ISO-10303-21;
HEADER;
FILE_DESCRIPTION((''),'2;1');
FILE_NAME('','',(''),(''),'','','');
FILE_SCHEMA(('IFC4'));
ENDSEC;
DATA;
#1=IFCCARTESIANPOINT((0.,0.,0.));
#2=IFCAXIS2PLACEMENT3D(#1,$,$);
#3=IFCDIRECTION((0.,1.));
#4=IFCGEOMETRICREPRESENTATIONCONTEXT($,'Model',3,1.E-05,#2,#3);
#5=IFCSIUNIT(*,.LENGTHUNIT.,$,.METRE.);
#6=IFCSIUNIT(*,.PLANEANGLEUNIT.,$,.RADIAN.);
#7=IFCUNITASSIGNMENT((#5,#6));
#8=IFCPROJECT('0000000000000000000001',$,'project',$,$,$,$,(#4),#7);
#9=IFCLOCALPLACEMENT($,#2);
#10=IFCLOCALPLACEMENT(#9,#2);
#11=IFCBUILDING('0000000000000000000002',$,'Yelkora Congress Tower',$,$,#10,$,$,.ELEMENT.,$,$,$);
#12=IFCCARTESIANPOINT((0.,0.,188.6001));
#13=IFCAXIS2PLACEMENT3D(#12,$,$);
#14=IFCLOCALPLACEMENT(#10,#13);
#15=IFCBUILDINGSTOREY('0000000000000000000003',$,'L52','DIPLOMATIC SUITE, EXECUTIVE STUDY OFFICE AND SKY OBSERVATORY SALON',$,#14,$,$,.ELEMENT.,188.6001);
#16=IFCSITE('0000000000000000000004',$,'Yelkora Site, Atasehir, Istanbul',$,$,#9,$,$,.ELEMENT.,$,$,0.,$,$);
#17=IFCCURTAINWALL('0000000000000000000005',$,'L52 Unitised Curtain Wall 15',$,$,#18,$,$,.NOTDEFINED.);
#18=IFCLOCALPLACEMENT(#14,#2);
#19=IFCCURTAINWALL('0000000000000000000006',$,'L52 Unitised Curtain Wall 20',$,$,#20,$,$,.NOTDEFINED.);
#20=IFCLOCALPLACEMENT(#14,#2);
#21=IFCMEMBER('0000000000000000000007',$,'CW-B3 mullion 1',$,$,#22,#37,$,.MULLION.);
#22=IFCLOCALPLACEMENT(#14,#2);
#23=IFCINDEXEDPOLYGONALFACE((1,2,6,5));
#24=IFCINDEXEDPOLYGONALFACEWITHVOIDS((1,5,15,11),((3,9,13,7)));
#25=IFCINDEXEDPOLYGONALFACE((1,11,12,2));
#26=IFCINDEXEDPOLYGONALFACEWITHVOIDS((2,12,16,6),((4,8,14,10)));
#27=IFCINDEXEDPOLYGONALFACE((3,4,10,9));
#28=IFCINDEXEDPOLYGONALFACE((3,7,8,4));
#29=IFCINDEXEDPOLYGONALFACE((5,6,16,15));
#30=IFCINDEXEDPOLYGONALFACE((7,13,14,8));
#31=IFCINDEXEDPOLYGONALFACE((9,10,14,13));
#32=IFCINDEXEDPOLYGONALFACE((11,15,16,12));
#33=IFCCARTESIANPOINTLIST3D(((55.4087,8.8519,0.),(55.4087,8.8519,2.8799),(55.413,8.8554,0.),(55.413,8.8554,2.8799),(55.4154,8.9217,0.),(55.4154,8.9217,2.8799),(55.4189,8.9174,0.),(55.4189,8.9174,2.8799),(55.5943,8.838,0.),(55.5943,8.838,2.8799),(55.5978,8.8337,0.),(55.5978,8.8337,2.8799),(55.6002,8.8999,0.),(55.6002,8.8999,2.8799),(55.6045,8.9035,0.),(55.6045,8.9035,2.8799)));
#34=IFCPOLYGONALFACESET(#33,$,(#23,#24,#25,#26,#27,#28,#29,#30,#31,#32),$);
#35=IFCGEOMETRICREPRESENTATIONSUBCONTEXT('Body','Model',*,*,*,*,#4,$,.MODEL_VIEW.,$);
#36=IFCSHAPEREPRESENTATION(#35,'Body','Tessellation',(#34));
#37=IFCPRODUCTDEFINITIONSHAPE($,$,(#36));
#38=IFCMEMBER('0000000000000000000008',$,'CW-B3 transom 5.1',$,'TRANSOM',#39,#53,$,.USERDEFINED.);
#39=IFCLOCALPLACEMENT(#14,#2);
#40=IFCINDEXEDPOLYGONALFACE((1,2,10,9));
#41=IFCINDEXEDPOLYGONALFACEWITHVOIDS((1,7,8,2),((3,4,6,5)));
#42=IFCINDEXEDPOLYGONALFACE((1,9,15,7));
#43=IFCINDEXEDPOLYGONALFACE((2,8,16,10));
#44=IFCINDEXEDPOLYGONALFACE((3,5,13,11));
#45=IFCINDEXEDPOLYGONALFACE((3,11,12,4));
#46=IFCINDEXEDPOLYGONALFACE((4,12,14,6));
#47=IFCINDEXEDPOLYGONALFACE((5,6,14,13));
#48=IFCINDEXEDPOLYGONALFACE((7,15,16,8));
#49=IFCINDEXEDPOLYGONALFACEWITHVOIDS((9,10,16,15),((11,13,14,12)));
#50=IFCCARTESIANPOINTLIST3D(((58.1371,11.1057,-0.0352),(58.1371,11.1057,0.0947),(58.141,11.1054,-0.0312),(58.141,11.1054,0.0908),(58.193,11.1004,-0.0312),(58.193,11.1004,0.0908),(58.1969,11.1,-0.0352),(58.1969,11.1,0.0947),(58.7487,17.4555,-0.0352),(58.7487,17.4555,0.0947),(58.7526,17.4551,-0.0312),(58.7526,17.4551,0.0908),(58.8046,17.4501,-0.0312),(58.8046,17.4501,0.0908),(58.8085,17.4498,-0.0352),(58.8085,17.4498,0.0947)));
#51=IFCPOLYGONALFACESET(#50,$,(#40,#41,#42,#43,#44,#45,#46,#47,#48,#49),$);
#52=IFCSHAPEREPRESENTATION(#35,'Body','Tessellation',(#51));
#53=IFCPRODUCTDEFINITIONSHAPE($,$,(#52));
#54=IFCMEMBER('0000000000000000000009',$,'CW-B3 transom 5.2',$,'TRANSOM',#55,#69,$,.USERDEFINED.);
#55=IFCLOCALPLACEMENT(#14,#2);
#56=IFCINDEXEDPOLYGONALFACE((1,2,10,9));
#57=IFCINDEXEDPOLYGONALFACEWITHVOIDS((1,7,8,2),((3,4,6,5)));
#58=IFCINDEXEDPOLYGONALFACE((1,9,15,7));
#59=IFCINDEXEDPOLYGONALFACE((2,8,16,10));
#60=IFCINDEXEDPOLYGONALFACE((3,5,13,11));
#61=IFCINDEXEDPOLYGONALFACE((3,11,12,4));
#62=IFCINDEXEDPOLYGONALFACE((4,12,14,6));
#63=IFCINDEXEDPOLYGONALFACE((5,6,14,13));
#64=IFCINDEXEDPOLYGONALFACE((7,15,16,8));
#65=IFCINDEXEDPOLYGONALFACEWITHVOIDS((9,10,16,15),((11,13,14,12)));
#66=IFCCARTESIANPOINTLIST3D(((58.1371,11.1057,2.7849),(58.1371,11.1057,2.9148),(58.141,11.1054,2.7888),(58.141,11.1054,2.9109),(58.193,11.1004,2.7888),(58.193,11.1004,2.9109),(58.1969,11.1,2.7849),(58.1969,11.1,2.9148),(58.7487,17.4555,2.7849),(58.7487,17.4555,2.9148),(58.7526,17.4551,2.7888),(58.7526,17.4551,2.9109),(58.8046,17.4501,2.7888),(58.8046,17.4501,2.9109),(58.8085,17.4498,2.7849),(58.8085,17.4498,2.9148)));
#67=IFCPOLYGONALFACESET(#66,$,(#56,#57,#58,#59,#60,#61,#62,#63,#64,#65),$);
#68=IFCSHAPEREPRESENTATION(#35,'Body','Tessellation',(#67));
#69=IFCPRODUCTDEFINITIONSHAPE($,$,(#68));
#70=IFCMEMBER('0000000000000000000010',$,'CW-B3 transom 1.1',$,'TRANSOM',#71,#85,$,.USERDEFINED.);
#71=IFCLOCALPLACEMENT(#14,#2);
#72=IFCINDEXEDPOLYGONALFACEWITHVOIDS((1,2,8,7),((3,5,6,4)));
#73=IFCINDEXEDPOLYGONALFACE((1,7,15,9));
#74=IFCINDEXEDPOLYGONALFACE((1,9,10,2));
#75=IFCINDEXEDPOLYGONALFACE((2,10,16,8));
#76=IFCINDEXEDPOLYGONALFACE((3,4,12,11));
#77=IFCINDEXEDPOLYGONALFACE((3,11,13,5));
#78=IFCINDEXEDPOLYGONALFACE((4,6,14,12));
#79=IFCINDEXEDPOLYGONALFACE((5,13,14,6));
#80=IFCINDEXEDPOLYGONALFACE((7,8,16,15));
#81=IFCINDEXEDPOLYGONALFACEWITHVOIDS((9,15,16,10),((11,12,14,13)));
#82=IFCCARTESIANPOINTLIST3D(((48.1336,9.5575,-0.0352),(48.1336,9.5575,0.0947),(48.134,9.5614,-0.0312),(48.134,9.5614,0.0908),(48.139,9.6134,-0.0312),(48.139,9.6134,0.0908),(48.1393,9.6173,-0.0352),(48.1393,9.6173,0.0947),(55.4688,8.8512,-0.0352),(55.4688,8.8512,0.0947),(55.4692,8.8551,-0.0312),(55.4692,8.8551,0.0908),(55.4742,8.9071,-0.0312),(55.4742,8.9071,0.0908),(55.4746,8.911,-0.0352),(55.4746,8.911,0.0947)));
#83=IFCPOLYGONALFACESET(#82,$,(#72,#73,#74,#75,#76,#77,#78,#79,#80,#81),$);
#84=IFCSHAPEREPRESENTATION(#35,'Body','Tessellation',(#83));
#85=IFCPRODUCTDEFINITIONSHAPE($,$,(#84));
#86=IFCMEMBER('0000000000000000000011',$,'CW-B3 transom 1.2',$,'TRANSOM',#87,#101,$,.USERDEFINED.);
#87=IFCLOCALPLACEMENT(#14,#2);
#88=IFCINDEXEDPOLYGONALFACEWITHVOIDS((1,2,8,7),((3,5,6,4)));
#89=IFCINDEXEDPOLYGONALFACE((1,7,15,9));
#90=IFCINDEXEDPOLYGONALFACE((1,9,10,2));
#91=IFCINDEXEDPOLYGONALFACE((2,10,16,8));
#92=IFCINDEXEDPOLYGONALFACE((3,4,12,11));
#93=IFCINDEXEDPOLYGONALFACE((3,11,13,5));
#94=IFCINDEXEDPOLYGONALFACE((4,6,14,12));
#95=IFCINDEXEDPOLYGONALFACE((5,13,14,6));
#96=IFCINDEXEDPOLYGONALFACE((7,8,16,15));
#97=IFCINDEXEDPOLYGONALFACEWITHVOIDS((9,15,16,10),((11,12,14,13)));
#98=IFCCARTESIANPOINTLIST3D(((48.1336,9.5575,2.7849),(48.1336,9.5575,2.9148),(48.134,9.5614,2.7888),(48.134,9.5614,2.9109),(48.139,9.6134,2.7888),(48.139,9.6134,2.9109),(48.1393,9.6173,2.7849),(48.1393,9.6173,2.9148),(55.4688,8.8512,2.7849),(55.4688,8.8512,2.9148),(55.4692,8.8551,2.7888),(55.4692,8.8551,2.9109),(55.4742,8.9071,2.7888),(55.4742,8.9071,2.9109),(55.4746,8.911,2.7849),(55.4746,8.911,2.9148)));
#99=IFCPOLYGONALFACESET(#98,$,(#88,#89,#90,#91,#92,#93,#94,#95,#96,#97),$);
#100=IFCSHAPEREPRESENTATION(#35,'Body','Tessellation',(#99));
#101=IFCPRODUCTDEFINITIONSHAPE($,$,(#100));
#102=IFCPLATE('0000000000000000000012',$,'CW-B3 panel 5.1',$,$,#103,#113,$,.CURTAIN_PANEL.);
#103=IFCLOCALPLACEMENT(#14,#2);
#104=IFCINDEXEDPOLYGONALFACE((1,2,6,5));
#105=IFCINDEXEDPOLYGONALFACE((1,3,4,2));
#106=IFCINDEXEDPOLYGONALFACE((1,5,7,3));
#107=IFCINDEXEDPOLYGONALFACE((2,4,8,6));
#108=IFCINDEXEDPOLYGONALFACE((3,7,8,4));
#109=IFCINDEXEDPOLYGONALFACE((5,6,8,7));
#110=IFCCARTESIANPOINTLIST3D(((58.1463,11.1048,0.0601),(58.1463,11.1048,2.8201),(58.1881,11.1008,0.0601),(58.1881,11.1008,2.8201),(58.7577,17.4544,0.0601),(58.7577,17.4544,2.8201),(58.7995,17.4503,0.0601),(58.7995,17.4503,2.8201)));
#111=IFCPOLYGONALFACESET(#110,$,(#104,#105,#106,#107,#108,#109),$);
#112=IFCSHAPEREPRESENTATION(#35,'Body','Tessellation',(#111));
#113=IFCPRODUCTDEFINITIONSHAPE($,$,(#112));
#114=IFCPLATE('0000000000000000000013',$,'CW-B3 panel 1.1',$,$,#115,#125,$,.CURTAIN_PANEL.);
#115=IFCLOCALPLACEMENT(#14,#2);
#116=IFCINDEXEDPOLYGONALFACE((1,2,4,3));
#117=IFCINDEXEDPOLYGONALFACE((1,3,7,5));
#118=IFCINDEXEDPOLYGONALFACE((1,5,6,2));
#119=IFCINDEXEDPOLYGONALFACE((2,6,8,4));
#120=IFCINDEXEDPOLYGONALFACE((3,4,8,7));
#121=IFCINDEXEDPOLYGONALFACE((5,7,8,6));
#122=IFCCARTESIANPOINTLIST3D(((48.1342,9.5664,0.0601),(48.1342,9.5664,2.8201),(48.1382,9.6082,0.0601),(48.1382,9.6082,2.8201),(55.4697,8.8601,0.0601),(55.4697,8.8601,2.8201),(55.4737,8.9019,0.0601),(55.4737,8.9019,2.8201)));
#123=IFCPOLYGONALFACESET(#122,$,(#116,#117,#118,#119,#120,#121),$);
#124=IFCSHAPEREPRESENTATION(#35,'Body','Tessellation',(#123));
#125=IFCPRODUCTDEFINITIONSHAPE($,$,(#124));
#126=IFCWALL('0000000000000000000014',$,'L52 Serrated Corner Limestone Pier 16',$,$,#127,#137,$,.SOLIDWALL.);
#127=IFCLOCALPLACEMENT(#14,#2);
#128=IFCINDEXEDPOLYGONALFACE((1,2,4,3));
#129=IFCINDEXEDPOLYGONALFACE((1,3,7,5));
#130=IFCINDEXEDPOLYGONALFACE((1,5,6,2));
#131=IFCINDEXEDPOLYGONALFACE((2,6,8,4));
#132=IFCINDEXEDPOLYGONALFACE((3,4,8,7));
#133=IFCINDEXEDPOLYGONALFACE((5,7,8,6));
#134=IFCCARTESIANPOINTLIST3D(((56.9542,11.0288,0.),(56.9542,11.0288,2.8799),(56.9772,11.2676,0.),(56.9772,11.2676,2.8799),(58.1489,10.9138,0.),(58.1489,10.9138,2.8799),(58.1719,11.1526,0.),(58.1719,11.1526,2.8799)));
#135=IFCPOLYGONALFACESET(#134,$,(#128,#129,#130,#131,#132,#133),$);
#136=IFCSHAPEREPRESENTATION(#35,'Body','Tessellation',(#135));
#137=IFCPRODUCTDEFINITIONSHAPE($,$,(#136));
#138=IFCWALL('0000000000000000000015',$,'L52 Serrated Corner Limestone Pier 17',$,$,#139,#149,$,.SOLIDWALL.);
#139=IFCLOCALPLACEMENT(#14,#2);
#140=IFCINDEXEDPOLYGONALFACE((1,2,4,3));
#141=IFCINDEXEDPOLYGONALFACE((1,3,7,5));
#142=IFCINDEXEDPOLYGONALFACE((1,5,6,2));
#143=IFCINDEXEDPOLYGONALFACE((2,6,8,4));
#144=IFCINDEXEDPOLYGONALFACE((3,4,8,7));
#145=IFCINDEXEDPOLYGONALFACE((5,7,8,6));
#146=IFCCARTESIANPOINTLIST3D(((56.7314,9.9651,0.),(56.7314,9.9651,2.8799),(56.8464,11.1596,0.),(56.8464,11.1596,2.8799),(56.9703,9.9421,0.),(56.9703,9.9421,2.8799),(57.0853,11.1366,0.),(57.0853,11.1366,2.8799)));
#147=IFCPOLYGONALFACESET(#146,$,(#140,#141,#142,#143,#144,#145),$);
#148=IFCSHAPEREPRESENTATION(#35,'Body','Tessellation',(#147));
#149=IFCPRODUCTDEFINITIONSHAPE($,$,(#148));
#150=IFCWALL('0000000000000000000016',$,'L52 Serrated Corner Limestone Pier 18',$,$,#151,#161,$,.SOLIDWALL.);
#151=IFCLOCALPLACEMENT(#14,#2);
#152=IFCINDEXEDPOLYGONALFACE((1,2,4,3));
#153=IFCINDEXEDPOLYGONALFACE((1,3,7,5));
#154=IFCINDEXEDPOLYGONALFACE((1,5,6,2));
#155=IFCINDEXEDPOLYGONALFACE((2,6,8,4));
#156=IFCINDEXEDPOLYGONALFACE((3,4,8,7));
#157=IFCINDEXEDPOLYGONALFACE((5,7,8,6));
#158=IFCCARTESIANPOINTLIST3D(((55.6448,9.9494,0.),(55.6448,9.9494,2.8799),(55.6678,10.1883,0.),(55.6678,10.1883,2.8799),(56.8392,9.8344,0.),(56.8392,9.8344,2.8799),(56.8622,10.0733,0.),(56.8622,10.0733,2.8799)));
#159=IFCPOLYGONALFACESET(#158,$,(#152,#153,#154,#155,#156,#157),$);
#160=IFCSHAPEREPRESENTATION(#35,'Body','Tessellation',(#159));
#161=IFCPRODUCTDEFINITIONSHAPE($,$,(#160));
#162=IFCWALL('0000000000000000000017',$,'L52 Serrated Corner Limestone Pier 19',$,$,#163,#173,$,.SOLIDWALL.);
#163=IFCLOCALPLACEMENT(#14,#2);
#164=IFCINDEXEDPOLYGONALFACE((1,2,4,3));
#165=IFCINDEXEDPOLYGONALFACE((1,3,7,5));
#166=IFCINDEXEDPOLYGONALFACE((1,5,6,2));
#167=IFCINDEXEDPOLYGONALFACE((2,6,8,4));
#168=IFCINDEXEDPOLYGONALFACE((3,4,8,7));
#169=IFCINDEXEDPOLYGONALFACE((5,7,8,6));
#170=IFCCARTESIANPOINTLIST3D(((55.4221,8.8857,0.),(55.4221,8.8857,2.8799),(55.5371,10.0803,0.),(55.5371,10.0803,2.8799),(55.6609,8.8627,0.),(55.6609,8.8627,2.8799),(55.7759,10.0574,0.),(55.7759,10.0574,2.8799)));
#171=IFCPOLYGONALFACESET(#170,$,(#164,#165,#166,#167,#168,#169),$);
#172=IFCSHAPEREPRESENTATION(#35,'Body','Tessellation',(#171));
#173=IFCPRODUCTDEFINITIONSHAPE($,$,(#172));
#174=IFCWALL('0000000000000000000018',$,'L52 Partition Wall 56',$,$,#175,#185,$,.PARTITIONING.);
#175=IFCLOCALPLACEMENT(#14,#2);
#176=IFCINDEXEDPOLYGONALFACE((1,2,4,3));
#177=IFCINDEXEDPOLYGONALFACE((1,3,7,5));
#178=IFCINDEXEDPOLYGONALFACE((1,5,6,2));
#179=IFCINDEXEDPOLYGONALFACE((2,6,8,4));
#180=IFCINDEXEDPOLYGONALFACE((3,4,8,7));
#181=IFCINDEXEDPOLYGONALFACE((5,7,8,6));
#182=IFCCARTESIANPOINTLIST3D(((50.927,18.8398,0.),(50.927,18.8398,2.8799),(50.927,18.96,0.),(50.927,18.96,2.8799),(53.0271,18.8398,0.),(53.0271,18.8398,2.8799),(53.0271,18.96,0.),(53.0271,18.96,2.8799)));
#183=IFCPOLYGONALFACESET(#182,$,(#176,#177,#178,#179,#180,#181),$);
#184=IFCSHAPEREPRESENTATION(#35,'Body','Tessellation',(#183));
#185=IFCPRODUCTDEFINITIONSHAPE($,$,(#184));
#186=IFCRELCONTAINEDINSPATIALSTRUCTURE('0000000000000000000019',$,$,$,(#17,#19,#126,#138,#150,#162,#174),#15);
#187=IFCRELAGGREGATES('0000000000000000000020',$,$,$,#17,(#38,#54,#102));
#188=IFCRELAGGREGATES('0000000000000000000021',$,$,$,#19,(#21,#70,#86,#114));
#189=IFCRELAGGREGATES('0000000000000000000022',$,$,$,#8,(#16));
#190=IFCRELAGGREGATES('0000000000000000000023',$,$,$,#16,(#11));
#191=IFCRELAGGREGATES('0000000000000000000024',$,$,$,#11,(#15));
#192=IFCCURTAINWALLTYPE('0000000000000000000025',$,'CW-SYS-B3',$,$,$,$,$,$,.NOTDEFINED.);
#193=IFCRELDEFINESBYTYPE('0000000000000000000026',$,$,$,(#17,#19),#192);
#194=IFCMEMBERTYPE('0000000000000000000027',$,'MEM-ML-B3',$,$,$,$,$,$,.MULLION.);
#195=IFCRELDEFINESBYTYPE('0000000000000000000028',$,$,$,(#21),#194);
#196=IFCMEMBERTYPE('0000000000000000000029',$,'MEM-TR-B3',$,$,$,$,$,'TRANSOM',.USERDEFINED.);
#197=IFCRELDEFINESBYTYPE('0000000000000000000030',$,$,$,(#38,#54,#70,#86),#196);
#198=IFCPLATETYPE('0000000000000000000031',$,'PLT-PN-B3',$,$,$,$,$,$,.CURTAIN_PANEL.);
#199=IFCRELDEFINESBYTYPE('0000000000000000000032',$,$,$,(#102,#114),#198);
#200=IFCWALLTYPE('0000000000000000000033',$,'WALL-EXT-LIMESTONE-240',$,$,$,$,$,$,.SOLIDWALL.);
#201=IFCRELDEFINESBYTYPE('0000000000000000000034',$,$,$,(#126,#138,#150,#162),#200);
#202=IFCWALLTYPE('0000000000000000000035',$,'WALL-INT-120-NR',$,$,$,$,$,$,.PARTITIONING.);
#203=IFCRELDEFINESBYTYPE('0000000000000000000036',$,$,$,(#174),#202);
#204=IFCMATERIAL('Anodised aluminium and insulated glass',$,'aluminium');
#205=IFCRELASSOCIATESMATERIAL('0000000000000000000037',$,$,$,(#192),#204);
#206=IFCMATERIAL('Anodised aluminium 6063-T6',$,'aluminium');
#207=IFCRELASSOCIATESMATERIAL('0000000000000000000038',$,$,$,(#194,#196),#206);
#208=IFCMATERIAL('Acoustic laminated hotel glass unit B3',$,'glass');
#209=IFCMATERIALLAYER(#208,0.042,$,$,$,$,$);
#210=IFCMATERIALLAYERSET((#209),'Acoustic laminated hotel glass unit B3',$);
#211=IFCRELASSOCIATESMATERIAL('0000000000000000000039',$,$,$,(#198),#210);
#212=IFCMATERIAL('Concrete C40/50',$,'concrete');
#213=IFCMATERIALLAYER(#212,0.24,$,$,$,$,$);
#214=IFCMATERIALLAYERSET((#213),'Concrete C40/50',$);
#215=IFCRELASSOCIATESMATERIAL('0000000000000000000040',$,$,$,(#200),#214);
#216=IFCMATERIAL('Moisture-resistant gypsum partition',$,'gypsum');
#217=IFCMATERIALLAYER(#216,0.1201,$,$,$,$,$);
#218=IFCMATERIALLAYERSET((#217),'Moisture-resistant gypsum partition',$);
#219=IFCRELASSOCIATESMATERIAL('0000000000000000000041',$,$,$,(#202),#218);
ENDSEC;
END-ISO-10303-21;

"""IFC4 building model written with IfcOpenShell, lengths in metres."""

from ifc_helpers import new_model, si_unit, direction, frame, frame_2d, origin, origin_2d, place, context, subcontext, project, spatial, rectangle, hollow_rectangle, extrude, material, layer, layer_set, material_profile, profile_set, type_object, element, aggregate, save


model = new_model("IFC4")

# Units and contexts
model_context = context("Model", 3, precision=1e-05, world=origin(), true_north=direction((0.0, 1.0)))
body_context = subcontext(model_context, "Body", "Model", "MODEL_VIEW")
ifc_project = project(units=[si_unit("LENGTHUNIT", "METRE"), si_unit("PLANEANGLEUNIT", "RADIAN")], contexts=[model_context])

# Site, building, storey
site_placement = place(None, origin())
site = spatial("IfcSite", under=ifc_project, at=site_placement, Name="Yelkora Site, Atasehir, Istanbul", CompositionType="ELEMENT", RefElevation=0.0)
building_placement = place(site_placement, origin())
building = spatial("IfcBuilding", under=site, at=building_placement, Name="Yelkora Congress Tower", CompositionType="ELEMENT")
storey_placement = place(building_placement, frame((0.0, 0.0, 188.6001)))
storey = spatial("IfcBuildingStorey", under=building, at=storey_placement, Name="L52", Description="DIPLOMATIC SUITE, EXECUTIVE STUDY OFFICE AND SKY OBSERVATORY SALON", CompositionType="ELEMENT", Elevation=188.6001)

# Curtain wall
ifc_material_1 = material(Name="Anodised aluminium and insulated glass", Category="aluminium")
curtain_wall_type = type_object("IfcCurtainWallType", Name="CW-SYS-B3", PredefinedType="NOTDEFINED", material=ifc_material_1)
curtain_wall_1_placement = place(storey_placement, origin())
curtain_wall_1 = element("IfcCurtainWall", 1, at=curtain_wall_1_placement, inside=storey, type_object=curtain_wall_type, Name="L52 Unitised Curtain Wall 15", PredefinedType="NOTDEFINED")
ifc_material_2 = material(Name="Anodised aluminium 6063-T6", Category="aluminium")
ifc_material_profile_1 = material_profile(ifc_material_2, hollow_rectangle(XDim=0.0701, YDim=0.1899, WallThickness=0.0039, at=origin_2d()), Name="ALU 70x190x4")
ifc_profile_set_1 = profile_set([ifc_material_profile_1], Name="Anodised aluminium 6063-T6")
member_type_1 = type_object("IfcMemberType", Name="MEM-ML-B3", PredefinedType="MULLION", material=ifc_profile_set_1)

# Curtain wall, member
curtain_wall_2_placement = place(storey_placement, origin())
curtain_wall_2 = element("IfcCurtainWall", 2, at=curtain_wall_2_placement, inside=storey, type_object=curtain_wall_type, Name="L52 Unitised Curtain Wall 20", PredefinedType="NOTDEFINED")
member_1_placement = place(storey_placement, frame((55.5066, 8.8777, 0.0), z_axis=(0.0, 0.0, 1.0), x_axis=(-0.095845, -0.995396, 0.0)))
member_1 = element("IfcMember", 3, at=member_1_placement, type_object=member_type_1, Name="CW-B3 mullion 1", PredefinedType="MULLION", context=body_context, shape_type="SweptSolid", body=[
    extrude(hollow_rectangle(XDim=0.0701, YDim=0.1899, WallThickness=0.0039, at=origin_2d()), origin(), (0.0, 0.0, 1.0), 2.8799),
])

# Members
ifc_material_profile_2 = material_profile(ifc_material_2, hollow_rectangle(XDim=0.0601, YDim=0.1299, WallThickness=0.0039, at=origin_2d()), Name="ALU 60x130x4")
ifc_profile_set_2 = profile_set([ifc_material_profile_2], Name="Anodised aluminium 6063-T6")
member_type_2 = type_object("IfcMemberType", Name="MEM-TR-B3", ElementType="TRANSOM", PredefinedType="USERDEFINED", material=ifc_profile_set_2)
member_2_placement = place(storey_placement, frame((58.7786, 17.4526, 0.0298), z_axis=(-0.095869, -0.995394, 0.0), x_axis=(0.995394, -0.095869, 0.0)))
member_2 = element("IfcMember", 4, at=member_2_placement, type_object=member_type_2, Name="CW-B3 transom 5.1", ObjectType="TRANSOM", PredefinedType="USERDEFINED", context=body_context, shape_type="SweptSolid", body=[
    extrude(hollow_rectangle(XDim=0.0601, YDim=0.1299, WallThickness=0.0039, at=origin_2d()), origin(), (0.0, 0.0, 1.0), 6.3792),
])
member_3_placement = place(storey_placement, frame((58.7786, 17.4526, 2.8499), z_axis=(-0.095869, -0.995394, 0.0), x_axis=(0.995394, -0.095869, 0.0)))
member_3 = element("IfcMember", 5, at=member_3_placement, type_object=member_type_2, Name="CW-B3 transom 5.2", ObjectType="TRANSOM", PredefinedType="USERDEFINED", context=body_context, shape_type="SweptSolid", body=[
    extrude(hollow_rectangle(XDim=0.0601, YDim=0.1299, WallThickness=0.0039, at=origin_2d()), origin(), (0.0, 0.0, 1.0), 6.3792),
])
member_4_placement = place(storey_placement, frame((55.4717, 8.8811, 0.0298), z_axis=(-0.995396, 0.095846, 0.0), x_axis=(-0.095846, -0.995396, 0.0)))
member_4 = element("IfcMember", 6, at=member_4_placement, type_object=member_type_2, Name="CW-B3 transom 1.1", ObjectType="TRANSOM", PredefinedType="USERDEFINED", context=body_context, shape_type="SweptSolid", body=[
    extrude(hollow_rectangle(XDim=0.0601, YDim=0.1299, WallThickness=0.0039, at=origin_2d()), origin(), (0.0, 0.0, 1.0), 7.3691),
])
member_5_placement = place(storey_placement, frame((55.4717, 8.8811, 2.8499), z_axis=(-0.995396, 0.095846, 0.0), x_axis=(-0.095846, -0.995396, 0.0)))
member_5 = element("IfcMember", 7, at=member_5_placement, type_object=member_type_2, Name="CW-B3 transom 1.2", ObjectType="TRANSOM", PredefinedType="USERDEFINED", context=body_context, shape_type="SweptSolid", body=[
    extrude(hollow_rectangle(XDim=0.0601, YDim=0.1299, WallThickness=0.0039, at=origin_2d()), origin(), (0.0, 0.0, 1.0), 7.3691),
])

# Plates
ifc_material_3 = material(Name="Acoustic laminated hotel glass unit B3", Category="glass")
ifc_layer_1 = layer(ifc_material_3, 0.042)
ifc_layer_set_1 = layer_set([ifc_layer_1], Name="Acoustic laminated hotel glass unit B3")
plate_type = type_object("IfcPlateType", Name="PLT-PN-B3", PredefinedType="CURTAIN_PANEL", material=ifc_layer_set_1)
plate_1_placement = place(storey_placement, frame((58.4729, 14.2776, 0.0601), z_axis=(0.0, 0.0, 1.0), x_axis=(-0.095842, -0.995397, 0.0)))
plate_1 = element("IfcPlate", 8, at=plate_1_placement, type_object=plate_type, Name="CW-B3 panel 5.1", PredefinedType="CURTAIN_PANEL", context=body_context, shape_type="SweptSolid", body=[
    extrude(rectangle(XDim=6.3789, YDim=0.042, at=origin_2d()), origin(), (0.0, 0.0, 1.0), 2.76),
])
aggregate(curtain_wall_1, [member_2, member_3, plate_1])
plate_2_placement = place(storey_placement, frame((51.804, 9.2341, 0.0601), z_axis=(0.0, 0.0, 1.0), x_axis=(-0.995396, 0.095845, 0.0)))
plate_2 = element("IfcPlate", 9, at=plate_2_placement, type_object=plate_type, Name="CW-B3 panel 1.1", PredefinedType="CURTAIN_PANEL", context=body_context, shape_type="SweptSolid", body=[
    extrude(rectangle(XDim=7.3694, YDim=0.042, at=origin_2d()), origin(), (0.0, 0.0, 1.0), 2.76),
])
aggregate(curtain_wall_2, [member_1, member_4, member_5, plate_2])

# Walls
ifc_material_4 = material(Name="Concrete C40/50", Category="concrete")
ifc_layer_2 = layer(ifc_material_4, 0.24)
ifc_layer_set_2 = layer_set([ifc_layer_2], Name="Concrete C40/50")
wall_type_1 = type_object("IfcWallType", Name="WALL-EXT-LIMESTONE-240", PredefinedType="SOLIDWALL", material=ifc_layer_set_2)
wall_1_placement = place(storey_placement, frame((58.1604, 11.0332, 0.0), z_axis=(0.0, 0.0, 1.0), x_axis=(-0.995399, 0.095817, 0.0)))
element("IfcWall", 10, at=wall_1_placement, inside=storey, type_object=wall_type_1, Name="L52 Serrated Corner Limestone Pier 16", PredefinedType="SOLIDWALL", context=body_context, shape_type="SweptSolid", body=[
    extrude(rectangle(XDim=1.2002, YDim=0.24, at=frame_2d((0.6001, 0.0))), origin(), (0.0, 0.0, 1.0), 2.8799),
])
for number, where, z_axis, x_axis, name in (
    (11, (56.9658, 11.1482, 0.0), (0.0, 0.0, 1.0), (-0.095836, -0.995397, 0.0), "L52 Serrated Corner Limestone Pier 17"),
    (12, (56.8508, 9.9539, 0.0), (0.0, 0.0, 1.0), (-0.995397, 0.095836, 0.0), "L52 Serrated Corner Limestone Pier 18"),
):
    element("IfcWall", number, at=place(storey_placement, frame(where, z_axis=z_axis, x_axis=x_axis)), inside=storey, type_object=wall_type_1, Name=name, PredefinedType="SOLIDWALL", context=body_context, shape_type="SweptSolid", body=[
        extrude(rectangle(XDim=1.2, YDim=0.24, at=frame_2d((0.6001, 0.0))), origin(), (0.0, 0.0, 1.0), 2.8799),
    ])
wall_2_placement = place(storey_placement, frame((55.6565, 10.0688, 0.0), z_axis=(0.0, 0.0, 1.0), x_axis=(-0.095817, -0.995399, 0.0)))
element("IfcWall", 13, at=wall_2_placement, inside=storey, type_object=wall_type_1, Name="L52 Serrated Corner Limestone Pier 19", PredefinedType="SOLIDWALL", context=body_context, shape_type="SweptSolid", body=[
    extrude(rectangle(XDim=1.2002, YDim=0.24, at=frame_2d((0.6001, 0.0))), origin(), (0.0, 0.0, 1.0), 2.8799),
])
ifc_material_5 = material(Name="Moisture-resistant gypsum partition", Category="gypsum")
ifc_layer_3 = layer(ifc_material_5, 0.1201)
ifc_layer_set_3 = layer_set([ifc_layer_3], Name="Moisture-resistant gypsum partition")
wall_type_2 = type_object("IfcWallType", Name="WALL-INT-120-NR", PredefinedType="PARTITIONING", material=ifc_layer_set_3)
wall_3_placement = place(storey_placement, frame((50.927, 18.8999, 0.0), z_axis=(0.0, 0.0, 1.0), x_axis=(1.0, 0.0, 0.0)))
element("IfcWall", 14, at=wall_3_placement, inside=storey, type_object=wall_type_2, Name="L52 Partition Wall 56", PredefinedType="PARTITIONING", context=body_context, shape_type="SweptSolid", body=[
    extrude(rectangle(XDim=2.1001, YDim=0.1201, at=frame_2d((1.05, 0.0))), origin(), (0.0, 0.0, 1.0), 2.8799),
])

save(model, "model.ifc")
